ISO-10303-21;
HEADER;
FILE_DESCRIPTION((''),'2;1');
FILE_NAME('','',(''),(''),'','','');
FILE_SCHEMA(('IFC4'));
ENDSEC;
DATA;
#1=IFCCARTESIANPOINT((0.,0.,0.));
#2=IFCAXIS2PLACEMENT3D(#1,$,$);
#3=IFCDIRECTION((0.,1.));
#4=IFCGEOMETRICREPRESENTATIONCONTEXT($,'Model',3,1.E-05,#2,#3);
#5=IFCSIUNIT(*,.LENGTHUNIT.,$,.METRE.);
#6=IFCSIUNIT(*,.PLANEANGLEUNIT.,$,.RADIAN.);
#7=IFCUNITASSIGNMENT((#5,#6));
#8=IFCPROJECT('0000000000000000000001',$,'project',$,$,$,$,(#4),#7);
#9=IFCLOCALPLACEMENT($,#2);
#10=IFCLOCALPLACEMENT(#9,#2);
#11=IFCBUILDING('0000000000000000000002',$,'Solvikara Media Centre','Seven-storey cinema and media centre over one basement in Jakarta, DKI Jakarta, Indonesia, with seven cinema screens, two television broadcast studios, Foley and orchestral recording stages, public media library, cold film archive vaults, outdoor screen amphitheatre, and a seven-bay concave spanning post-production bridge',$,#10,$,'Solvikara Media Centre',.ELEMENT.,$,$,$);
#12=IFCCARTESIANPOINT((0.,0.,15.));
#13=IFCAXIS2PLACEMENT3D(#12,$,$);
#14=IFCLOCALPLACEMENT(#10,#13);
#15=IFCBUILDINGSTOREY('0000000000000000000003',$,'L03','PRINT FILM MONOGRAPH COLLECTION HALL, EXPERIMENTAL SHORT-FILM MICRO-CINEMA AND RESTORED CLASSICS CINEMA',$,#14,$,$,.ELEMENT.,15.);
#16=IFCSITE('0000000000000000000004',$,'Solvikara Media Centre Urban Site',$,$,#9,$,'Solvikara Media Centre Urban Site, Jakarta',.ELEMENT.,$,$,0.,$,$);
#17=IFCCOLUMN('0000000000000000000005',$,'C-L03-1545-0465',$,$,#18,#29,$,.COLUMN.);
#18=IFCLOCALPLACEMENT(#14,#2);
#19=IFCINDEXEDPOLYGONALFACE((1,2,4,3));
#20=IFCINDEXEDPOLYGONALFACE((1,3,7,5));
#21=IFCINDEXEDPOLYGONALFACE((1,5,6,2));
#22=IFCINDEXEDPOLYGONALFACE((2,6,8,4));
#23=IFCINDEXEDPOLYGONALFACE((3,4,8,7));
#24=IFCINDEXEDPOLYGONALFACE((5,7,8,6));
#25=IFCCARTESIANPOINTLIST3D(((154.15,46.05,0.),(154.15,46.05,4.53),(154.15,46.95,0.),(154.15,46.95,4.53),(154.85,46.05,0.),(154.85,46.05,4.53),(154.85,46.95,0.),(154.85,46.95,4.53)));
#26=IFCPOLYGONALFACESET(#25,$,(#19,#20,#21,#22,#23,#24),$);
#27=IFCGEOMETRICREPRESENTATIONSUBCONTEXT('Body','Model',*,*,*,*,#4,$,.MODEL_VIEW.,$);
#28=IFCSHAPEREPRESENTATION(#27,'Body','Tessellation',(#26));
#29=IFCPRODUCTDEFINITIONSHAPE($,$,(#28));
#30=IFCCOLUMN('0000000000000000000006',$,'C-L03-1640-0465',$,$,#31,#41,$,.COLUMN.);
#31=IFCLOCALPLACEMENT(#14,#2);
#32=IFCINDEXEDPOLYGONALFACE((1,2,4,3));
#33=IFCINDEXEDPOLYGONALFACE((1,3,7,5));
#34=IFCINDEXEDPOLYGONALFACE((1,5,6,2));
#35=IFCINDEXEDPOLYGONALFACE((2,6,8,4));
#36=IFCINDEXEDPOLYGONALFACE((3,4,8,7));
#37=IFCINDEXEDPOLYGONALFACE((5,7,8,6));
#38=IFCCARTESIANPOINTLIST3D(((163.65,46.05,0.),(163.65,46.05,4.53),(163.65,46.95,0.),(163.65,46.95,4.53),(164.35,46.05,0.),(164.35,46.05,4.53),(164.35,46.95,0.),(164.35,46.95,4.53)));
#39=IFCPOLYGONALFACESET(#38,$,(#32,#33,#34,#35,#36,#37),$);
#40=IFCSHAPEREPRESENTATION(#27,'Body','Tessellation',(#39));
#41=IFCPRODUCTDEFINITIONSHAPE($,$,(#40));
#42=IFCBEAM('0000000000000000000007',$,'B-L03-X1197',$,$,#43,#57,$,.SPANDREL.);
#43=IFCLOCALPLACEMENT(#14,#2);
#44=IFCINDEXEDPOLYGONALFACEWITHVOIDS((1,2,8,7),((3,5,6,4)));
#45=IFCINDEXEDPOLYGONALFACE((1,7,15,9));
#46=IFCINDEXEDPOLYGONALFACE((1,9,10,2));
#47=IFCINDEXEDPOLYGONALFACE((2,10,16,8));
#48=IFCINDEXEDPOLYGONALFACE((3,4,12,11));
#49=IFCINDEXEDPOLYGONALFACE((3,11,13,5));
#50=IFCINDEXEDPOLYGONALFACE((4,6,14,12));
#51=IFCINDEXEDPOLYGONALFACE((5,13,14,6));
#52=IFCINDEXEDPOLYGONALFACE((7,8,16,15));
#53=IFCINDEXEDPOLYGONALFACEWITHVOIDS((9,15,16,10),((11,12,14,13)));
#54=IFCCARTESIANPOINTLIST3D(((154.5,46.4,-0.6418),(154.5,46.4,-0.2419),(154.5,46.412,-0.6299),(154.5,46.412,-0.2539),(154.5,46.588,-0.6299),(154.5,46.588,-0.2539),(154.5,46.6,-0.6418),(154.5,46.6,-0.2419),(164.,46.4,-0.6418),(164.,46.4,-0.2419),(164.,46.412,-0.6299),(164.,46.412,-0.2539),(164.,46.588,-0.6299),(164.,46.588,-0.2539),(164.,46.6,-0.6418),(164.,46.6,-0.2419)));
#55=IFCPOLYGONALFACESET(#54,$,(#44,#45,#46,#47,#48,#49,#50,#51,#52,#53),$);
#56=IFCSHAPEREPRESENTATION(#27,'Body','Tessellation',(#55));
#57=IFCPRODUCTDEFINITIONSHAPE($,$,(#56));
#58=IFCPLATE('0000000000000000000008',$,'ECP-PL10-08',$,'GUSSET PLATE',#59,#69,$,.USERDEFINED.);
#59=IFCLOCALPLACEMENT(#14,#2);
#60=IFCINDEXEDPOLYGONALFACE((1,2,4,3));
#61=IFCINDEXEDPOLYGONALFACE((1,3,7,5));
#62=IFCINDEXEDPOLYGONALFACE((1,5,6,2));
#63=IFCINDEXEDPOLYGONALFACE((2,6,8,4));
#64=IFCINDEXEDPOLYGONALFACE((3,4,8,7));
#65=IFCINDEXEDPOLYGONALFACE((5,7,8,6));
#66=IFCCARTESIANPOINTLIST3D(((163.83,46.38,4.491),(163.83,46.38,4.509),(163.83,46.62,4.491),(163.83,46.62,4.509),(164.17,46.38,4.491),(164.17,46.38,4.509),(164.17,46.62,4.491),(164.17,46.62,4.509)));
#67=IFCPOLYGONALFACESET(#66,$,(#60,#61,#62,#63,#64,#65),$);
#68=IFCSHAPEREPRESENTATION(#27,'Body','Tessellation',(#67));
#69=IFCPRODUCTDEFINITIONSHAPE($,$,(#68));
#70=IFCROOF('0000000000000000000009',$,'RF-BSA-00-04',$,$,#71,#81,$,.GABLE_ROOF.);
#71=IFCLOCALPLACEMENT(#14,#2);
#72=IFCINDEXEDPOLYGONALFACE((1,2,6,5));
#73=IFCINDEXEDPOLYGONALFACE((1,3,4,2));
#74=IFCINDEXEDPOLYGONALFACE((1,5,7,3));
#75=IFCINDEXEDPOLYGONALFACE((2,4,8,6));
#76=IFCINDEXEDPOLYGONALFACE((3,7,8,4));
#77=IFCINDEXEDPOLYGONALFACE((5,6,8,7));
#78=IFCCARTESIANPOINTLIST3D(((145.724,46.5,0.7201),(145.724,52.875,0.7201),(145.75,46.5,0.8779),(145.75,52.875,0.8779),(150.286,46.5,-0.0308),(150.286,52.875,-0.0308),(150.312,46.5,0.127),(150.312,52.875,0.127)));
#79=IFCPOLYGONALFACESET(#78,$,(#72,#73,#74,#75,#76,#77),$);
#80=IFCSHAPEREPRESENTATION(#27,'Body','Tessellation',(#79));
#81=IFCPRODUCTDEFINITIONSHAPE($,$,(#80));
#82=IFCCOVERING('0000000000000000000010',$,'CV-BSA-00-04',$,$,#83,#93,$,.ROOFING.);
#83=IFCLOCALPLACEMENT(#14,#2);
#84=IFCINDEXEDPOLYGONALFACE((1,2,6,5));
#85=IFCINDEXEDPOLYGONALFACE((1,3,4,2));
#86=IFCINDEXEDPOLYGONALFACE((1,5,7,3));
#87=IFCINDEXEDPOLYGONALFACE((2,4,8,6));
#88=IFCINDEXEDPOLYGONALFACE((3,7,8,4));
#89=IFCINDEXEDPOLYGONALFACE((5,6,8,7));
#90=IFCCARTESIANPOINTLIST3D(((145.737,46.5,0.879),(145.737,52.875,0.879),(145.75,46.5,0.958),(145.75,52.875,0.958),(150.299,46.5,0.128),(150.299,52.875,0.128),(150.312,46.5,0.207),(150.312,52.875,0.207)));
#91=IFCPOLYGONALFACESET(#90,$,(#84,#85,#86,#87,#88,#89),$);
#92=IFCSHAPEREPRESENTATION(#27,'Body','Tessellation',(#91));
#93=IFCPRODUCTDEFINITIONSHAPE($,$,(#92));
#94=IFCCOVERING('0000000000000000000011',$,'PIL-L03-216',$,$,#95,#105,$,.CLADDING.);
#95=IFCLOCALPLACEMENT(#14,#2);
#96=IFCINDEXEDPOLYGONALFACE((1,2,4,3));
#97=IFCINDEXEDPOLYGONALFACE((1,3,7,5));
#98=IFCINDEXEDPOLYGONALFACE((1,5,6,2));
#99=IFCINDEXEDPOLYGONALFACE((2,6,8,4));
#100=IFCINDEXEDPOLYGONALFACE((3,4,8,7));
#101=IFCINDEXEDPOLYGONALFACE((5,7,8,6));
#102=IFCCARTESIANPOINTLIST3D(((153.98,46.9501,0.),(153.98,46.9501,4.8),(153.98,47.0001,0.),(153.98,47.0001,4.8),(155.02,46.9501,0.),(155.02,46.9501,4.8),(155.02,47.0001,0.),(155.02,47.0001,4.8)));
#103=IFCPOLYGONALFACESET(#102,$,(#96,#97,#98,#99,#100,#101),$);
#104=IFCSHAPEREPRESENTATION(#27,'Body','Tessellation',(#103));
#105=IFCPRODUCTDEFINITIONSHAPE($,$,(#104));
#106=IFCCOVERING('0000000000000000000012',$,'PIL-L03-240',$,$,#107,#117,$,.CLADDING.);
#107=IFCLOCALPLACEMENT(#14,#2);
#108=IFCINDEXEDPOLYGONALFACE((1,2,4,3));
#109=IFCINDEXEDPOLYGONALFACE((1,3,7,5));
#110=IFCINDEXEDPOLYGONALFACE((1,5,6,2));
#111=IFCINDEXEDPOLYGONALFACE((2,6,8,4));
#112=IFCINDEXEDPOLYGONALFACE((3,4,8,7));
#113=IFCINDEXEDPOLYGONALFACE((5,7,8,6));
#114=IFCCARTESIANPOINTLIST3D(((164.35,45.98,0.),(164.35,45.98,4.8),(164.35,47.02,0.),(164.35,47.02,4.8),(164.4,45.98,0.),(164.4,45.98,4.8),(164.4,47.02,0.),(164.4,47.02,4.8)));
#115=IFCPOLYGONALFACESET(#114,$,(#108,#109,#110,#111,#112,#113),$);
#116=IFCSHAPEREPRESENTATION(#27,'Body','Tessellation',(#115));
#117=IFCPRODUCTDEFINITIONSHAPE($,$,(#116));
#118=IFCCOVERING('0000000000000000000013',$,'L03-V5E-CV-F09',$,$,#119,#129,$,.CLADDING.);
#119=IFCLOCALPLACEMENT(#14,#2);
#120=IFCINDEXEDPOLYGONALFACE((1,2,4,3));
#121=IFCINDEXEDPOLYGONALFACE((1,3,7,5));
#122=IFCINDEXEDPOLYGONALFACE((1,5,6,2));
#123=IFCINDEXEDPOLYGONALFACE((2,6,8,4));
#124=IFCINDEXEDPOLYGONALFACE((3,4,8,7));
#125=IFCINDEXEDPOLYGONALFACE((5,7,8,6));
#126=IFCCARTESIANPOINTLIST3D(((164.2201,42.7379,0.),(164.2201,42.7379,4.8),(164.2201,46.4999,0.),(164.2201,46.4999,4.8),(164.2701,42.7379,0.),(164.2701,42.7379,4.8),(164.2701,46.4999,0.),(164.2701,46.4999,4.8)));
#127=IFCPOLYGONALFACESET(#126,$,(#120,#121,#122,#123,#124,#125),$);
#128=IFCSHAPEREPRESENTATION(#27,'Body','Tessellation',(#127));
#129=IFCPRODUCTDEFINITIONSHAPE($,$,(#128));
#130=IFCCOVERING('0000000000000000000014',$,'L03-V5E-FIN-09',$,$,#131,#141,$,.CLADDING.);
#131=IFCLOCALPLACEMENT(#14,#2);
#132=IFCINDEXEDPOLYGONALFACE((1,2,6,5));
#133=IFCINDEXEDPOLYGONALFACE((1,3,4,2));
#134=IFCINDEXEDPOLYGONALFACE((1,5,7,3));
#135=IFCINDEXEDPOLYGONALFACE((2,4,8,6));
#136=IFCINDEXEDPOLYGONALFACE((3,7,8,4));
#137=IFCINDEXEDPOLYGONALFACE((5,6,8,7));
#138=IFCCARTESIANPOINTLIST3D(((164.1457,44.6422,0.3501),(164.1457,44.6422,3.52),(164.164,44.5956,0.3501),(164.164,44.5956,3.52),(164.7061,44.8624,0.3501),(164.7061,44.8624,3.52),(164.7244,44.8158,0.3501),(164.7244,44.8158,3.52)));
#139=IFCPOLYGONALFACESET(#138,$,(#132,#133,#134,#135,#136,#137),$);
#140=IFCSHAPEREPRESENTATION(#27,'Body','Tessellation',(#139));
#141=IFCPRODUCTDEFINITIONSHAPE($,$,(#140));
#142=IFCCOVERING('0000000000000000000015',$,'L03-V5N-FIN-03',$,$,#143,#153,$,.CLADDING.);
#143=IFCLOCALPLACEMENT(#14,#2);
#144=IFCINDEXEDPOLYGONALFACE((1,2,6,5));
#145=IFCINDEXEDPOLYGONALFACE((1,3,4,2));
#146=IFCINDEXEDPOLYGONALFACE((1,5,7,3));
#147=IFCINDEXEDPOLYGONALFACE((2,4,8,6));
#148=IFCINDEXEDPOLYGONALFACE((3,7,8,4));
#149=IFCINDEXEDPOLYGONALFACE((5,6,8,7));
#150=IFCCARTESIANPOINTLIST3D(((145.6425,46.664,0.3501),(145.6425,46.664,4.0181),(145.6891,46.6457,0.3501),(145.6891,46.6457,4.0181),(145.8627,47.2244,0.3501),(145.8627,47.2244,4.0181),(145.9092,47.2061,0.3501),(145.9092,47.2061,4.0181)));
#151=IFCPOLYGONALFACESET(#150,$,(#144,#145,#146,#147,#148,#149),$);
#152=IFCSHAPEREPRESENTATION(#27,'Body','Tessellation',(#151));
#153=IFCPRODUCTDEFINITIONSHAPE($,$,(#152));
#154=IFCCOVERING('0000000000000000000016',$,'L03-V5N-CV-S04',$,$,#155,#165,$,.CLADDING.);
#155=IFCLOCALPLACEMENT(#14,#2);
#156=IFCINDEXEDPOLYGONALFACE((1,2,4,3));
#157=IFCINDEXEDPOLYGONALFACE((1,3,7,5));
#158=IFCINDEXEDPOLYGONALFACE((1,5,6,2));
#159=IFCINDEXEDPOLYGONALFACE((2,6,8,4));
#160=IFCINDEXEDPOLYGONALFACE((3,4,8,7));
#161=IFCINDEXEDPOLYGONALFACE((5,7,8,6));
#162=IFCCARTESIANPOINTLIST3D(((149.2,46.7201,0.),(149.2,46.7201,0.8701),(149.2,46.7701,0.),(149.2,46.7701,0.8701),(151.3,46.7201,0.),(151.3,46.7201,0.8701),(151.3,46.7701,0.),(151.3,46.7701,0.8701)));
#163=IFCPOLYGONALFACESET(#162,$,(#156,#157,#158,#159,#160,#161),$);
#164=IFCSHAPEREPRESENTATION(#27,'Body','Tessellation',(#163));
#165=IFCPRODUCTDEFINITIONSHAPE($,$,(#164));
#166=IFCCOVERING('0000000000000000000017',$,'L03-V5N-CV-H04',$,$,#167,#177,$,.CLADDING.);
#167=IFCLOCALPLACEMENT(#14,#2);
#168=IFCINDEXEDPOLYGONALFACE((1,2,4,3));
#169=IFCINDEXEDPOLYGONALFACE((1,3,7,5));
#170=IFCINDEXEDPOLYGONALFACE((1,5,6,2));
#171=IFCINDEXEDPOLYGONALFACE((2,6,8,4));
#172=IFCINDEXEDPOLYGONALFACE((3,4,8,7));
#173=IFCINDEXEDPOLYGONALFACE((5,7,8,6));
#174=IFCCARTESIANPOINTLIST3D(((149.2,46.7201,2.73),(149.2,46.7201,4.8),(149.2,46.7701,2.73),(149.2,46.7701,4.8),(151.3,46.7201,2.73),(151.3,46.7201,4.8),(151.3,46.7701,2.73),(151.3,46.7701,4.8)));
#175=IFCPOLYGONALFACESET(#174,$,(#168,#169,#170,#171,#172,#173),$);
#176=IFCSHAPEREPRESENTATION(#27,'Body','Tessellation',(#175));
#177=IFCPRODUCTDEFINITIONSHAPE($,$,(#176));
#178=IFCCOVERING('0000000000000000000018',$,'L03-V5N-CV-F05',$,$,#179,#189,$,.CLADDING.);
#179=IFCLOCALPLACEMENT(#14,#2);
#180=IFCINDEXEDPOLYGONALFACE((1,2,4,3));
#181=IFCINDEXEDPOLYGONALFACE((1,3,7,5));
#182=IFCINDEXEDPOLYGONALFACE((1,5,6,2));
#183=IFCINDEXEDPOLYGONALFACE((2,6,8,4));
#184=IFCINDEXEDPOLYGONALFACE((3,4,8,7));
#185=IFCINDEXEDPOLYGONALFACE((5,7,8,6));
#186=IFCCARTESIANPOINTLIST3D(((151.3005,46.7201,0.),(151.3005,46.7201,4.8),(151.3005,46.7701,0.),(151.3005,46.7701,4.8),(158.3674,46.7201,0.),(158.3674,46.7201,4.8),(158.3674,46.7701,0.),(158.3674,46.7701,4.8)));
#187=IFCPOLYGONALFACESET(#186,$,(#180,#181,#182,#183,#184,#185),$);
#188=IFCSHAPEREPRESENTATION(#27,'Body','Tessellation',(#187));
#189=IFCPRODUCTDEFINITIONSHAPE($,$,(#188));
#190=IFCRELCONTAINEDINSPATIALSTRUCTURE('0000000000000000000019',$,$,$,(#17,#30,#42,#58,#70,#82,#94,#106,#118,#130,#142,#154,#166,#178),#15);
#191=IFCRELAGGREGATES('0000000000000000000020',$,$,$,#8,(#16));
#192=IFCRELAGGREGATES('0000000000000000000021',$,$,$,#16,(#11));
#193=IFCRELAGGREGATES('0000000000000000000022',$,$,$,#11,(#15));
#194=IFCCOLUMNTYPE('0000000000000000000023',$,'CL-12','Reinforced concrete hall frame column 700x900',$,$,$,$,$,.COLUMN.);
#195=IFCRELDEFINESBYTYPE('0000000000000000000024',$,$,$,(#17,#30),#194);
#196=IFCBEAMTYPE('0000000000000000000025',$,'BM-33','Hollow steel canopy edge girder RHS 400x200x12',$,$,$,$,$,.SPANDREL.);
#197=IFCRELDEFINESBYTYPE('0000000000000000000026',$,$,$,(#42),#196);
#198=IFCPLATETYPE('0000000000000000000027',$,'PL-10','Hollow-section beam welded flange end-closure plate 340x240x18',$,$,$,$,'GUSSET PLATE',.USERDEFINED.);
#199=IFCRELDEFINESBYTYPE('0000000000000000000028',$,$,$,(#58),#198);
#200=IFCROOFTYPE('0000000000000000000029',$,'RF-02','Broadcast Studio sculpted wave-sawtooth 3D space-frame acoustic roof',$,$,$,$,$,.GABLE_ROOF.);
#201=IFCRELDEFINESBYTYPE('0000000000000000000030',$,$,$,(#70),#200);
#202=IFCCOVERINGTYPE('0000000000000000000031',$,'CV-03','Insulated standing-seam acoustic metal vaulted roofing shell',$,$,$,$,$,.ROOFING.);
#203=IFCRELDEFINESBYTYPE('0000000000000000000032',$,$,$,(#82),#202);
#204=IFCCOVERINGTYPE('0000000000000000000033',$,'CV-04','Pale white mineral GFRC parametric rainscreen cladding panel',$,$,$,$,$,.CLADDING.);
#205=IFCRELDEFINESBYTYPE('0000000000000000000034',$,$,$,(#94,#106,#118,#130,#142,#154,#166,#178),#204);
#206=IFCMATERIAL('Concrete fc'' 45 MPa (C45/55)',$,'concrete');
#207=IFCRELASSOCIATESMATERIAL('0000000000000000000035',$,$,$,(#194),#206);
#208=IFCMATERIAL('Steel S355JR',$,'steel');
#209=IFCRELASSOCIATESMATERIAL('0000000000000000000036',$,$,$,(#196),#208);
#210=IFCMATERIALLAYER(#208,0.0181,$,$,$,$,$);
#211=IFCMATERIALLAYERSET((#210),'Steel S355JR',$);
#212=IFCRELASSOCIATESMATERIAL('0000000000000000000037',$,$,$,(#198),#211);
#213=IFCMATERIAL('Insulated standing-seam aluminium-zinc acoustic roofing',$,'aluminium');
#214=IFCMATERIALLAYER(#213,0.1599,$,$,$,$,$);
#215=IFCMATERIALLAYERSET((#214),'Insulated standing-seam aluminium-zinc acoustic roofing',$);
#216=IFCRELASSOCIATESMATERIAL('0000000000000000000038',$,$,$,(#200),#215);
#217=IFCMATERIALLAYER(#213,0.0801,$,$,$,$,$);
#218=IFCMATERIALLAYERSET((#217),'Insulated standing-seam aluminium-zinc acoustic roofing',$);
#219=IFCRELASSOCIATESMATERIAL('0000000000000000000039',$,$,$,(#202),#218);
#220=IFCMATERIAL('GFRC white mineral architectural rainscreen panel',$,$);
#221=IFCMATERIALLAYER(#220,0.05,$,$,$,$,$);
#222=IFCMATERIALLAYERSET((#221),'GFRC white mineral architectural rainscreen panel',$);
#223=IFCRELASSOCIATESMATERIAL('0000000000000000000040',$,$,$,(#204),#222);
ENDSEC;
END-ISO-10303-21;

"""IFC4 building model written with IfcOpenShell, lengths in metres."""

from ifc_helpers import new_model, si_unit, direction, frame, origin, origin_2d, place, context, subcontext, project, spatial, polyline, rectangle, hollow_rectangle, outline, extrude, material, layer, layer_set, material_profile, profile_set, type_object, element, save


model = new_model("IFC4")

# Units and contexts
model_context = context("Model", 3, precision=1e-05, world=origin(), true_north=direction((0.0, 1.0)))
body_context = subcontext(model_context, "Body", "Model", "MODEL_VIEW")
ifc_project = project(units=[si_unit("LENGTHUNIT", "METRE"), si_unit("PLANEANGLEUNIT", "RADIAN")], contexts=[model_context])

# Site, building, storey
site_placement = place(None, origin())
site = spatial("IfcSite", under=ifc_project, at=site_placement, Name="Solvikara Media Centre Urban Site", LongName="Solvikara Media Centre Urban Site, Jakarta", CompositionType="ELEMENT", RefElevation=0.0)
building_placement = place(site_placement, origin())
building = spatial("IfcBuilding", under=site, at=building_placement, Name="Solvikara Media Centre", Description="Seven-storey cinema and media centre over one basement in Jakarta, DKI Jakarta, Indonesia, with seven cinema screens, two television broadcast studios, Foley and orchestral recording stages, public media library, cold film archive vaults, outdoor screen amphitheatre, and a seven-bay concave spanning post-production bridge", LongName="Solvikara Media Centre", CompositionType="ELEMENT")
storey_placement = place(building_placement, frame((0.0, 0.0, 15.0)))
storey = spatial("IfcBuildingStorey", under=building, at=storey_placement, Name="L03", Description="PRINT FILM MONOGRAPH COLLECTION HALL, EXPERIMENTAL SHORT-FILM MICRO-CINEMA AND RESTORED CLASSICS CINEMA", CompositionType="ELEMENT", Elevation=15.0)

# Columns
ifc_material_1 = material(Name="Concrete fc' 45 MPa (C45/55)", Category="concrete")
ifc_material_profile_1 = material_profile(ifc_material_1, rectangle(XDim=0.7, YDim=0.8999, at=origin_2d()), Name="RC 700x900")
ifc_profile_set_1 = profile_set([ifc_material_profile_1], Name="Concrete fc' 45 MPa (C45/55)")
column_type = type_object("IfcColumnType", Name="CL-12", Description="Reinforced concrete hall frame column 700x900", PredefinedType="COLUMN", material=ifc_profile_set_1)
for number, where, z_axis, x_axis, name in (
    (1, (154.5, 46.5, 0.0), (0.0, 0.0, 1.0), (1.0, 0.0, 0.0), "C-L03-1545-0465"),
    (2, (164.0, 46.5, 0.0), (0.0, 0.0, 1.0), (1.0, 0.0, 0.0), "C-L03-1640-0465"),
):
    element("IfcColumn", number, at=place(storey_placement, frame(where, z_axis=z_axis, x_axis=x_axis)), inside=storey, type_object=column_type, Name=name, PredefinedType="COLUMN", context=body_context, shape_type="SweptSolid", body=[
        extrude(rectangle(XDim=0.7, YDim=0.8999, at=origin_2d()), origin(), (0.0, 0.0, 1.0), 4.53),
    ])

# Beam
ifc_material_2 = material(Name="Steel S355JR", Category="steel")
ifc_material_profile_2 = material_profile(ifc_material_2, hollow_rectangle(XDim=0.2, YDim=0.3999, WallThickness=0.012, at=origin_2d()), Name="RHS 400x200x12")
ifc_profile_set_2 = profile_set([ifc_material_profile_2], Name="Steel S355JR")
beam_type = type_object("IfcBeamType", Name="BM-33", Description="Hollow steel canopy edge girder RHS 400x200x12", PredefinedType="SPANDREL", material=ifc_profile_set_2)
beam_placement = place(storey_placement, frame((154.5, 46.5, -0.4419), z_axis=(1.0, 0.0, 0.0), x_axis=(0.0, 1.0, 0.0)))
element("IfcBeam", 3, at=beam_placement, inside=storey, type_object=beam_type, Name="B-L03-X1197", PredefinedType="SPANDREL", context=body_context, shape_type="SweptSolid", body=[
    extrude(hollow_rectangle(XDim=0.2, YDim=0.3999, WallThickness=0.012, at=origin_2d()), origin(), (0.0, 0.0, 1.0), 9.5),
])

# Plate
ifc_layer_1 = layer(ifc_material_2, 0.0181)
ifc_layer_set_1 = layer_set([ifc_layer_1], Name="Steel S355JR")
plate_type = type_object("IfcPlateType", Name="PL-10", Description="Hollow-section beam welded flange end-closure plate 340x240x18", ElementType="GUSSET PLATE", PredefinedType="USERDEFINED", material=ifc_layer_set_1)
plate_placement = place(storey_placement, frame((164.0, 46.5, 4.491), z_axis=(0.0, 0.0, 1.0), x_axis=(1.0, 0.0, 0.0)))
element("IfcPlate", 4, at=plate_placement, inside=storey, type_object=plate_type, Name="ECP-PL10-08", ObjectType="GUSSET PLATE", PredefinedType="USERDEFINED", context=body_context, shape_type="SweptSolid", body=[
    extrude(rectangle(XDim=0.3401, YDim=0.24, at=origin_2d()), origin(), (0.0, 0.0, 1.0), 0.0181),
])

# Roof
ifc_material_3 = material(Name="Insulated standing-seam aluminium-zinc acoustic roofing", Category="aluminium")
ifc_layer_2 = layer(ifc_material_3, 0.1599)
ifc_layer_set_2 = layer_set([ifc_layer_2], Name="Insulated standing-seam aluminium-zinc acoustic roofing")
roof_type = type_object("IfcRoofType", Name="RF-02", Description="Broadcast Studio sculpted wave-sawtooth 3D space-frame acoustic roof", PredefinedType="GABLE_ROOF", material=ifc_layer_set_2)
roof_placement = place(storey_placement, frame((145.75, 46.5, 0.8779), z_axis=(0.162429, 0.0, 0.98672), x_axis=(0.98672, 0.0, -0.162429)))
element("IfcRoof", 5, at=roof_placement, inside=storey, type_object=roof_type, Name="RF-BSA-00-04", PredefinedType="GABLE_ROOF", context=body_context, shape_type="SweptSolid", body=[
    extrude(outline(polyline([(0.0, 0.0), (4.6234, 0.0), (4.6234, 6.375), (0.0, 6.375), (0.0, 0.0)])), origin(), (0.0, 0.0, -1.0), 0.1599),
])

# Coverings
ifc_layer_3 = layer(ifc_material_3, 0.0801)
ifc_layer_set_3 = layer_set([ifc_layer_3], Name="Insulated standing-seam aluminium-zinc acoustic roofing")
covering_type_1 = type_object("IfcCoveringType", Name="CV-03", Description="Insulated standing-seam acoustic metal vaulted roofing shell", PredefinedType="ROOFING", material=ifc_layer_set_3)
covering_1_placement = place(storey_placement, frame((145.75, 46.5, 0.958), z_axis=(0.162429, 0.0, 0.98672), x_axis=(0.98672, 0.0, -0.162429)))
element("IfcCovering", 6, at=covering_1_placement, inside=storey, type_object=covering_type_1, Name="CV-BSA-00-04", PredefinedType="ROOFING", context=body_context, shape_type="SweptSolid", body=[
    extrude(outline(polyline([(0.0, 0.0), (4.6234, 0.0), (4.6234, 6.375), (0.0, 6.375), (0.0, 0.0)])), origin(), (0.0, 0.0, -1.0), 0.0801),
])
ifc_material_4 = material(Name="GFRC white mineral architectural rainscreen panel")
ifc_layer_4 = layer(ifc_material_4, 0.05)
ifc_layer_set_4 = layer_set([ifc_layer_4], Name="GFRC white mineral architectural rainscreen panel")
covering_type_2 = type_object("IfcCoveringType", Name="CV-04", Description="Pale white mineral GFRC parametric rainscreen cladding panel", PredefinedType="CLADDING", material=ifc_layer_set_4)
for number, where, z_axis, x_axis, name in (
    (7, (154.5, 46.9751, 0.0), (0.0, 0.0, 1.0), (-1.0, 0.0, 0.0), "PIL-L03-216"),
    (8, (164.375, 46.5, 0.0), (0.0, 0.0, 1.0), (0.0, 1.0, 0.0), "PIL-L03-240"),
):
    element("IfcCovering", number, at=place(storey_placement, frame(where, z_axis=z_axis, x_axis=x_axis)), inside=storey, type_object=covering_type_2, Name=name, PredefinedType="CLADDING", context=body_context, shape_type="SweptSolid", body=[
        extrude(rectangle(XDim=1.04, YDim=0.05, at=origin_2d()), origin(), (0.0, 0.0, 1.0), 4.8),
    ])
covering_2_placement = place(storey_placement, frame((164.2451, 44.6189, 0.0), z_axis=(0.0, 0.0, 1.0), x_axis=(0.0, 1.0, 0.0)))
element("IfcCovering", 9, at=covering_2_placement, inside=storey, type_object=covering_type_2, Name="L03-V5E-CV-F09", PredefinedType="CLADDING", context=body_context, shape_type="SweptSolid", body=[
    extrude(rectangle(XDim=3.762, YDim=0.05, at=origin_2d()), origin(), (0.0, 0.0, 1.0), 4.8),
])
covering_3_placement = place(storey_placement, frame((164.4351, 44.729, 0.3501), z_axis=(0.0, 0.0, 1.0), x_axis=(0.93075, 0.365657, 0.0)))
element("IfcCovering", 10, at=covering_3_placement, inside=storey, type_object=covering_type_2, Name="L03-V5E-FIN-09", PredefinedType="CLADDING", context=body_context, shape_type="SweptSolid", body=[
    extrude(rectangle(XDim=0.6021, YDim=0.05, at=origin_2d()), origin(), (0.0, 0.0, 1.0), 3.1699),
])
covering_4_placement = place(storey_placement, frame((145.7759, 46.9351, 0.3501), z_axis=(0.0, 0.0, 1.0), x_axis=(0.365657, 0.93075, 0.0)))
element("IfcCovering", 11, at=covering_4_placement, inside=storey, type_object=covering_type_2, Name="L03-V5N-FIN-03", PredefinedType="CLADDING", context=body_context, shape_type="SweptSolid", body=[
    extrude(rectangle(XDim=0.6021, YDim=0.05, at=origin_2d()), origin(), (0.0, 0.0, 1.0), 3.668),
])
covering_5_placement = place(storey_placement, frame((150.25, 46.7451, 0.0), z_axis=(0.0, 0.0, 1.0), x_axis=(1.0, 0.0, 0.0)))
element("IfcCovering", 12, at=covering_5_placement, inside=storey, type_object=covering_type_2, Name="L03-V5N-CV-S04", PredefinedType="CLADDING", context=body_context, shape_type="SweptSolid", body=[
    extrude(rectangle(XDim=2.1001, YDim=0.05, at=origin_2d()), origin(), (0.0, 0.0, 1.0), 0.8701),
])
covering_6_placement = place(storey_placement, frame((150.25, 46.7451, 2.73), z_axis=(0.0, 0.0, 1.0), x_axis=(1.0, 0.0, 0.0)))
element("IfcCovering", 13, at=covering_6_placement, inside=storey, type_object=covering_type_2, Name="L03-V5N-CV-H04", PredefinedType="CLADDING", context=body_context, shape_type="SweptSolid", body=[
    extrude(rectangle(XDim=2.1001, YDim=0.05, at=origin_2d()), origin(), (0.0, 0.0, 1.0), 2.0701),
])
covering_7_placement = place(storey_placement, frame((154.834, 46.7451, 0.0), z_axis=(0.0, 0.0, 1.0), x_axis=(1.0, 0.0, 0.0)))
element("IfcCovering", 14, at=covering_7_placement, inside=storey, type_object=covering_type_2, Name="L03-V5N-CV-F05", PredefinedType="CLADDING", context=body_context, shape_type="SweptSolid", body=[
    extrude(rectangle(XDim=7.0669, YDim=0.05, at=origin_2d()), origin(), (0.0, 0.0, 1.0), 4.8),
])

save(model, "model.ifc")
